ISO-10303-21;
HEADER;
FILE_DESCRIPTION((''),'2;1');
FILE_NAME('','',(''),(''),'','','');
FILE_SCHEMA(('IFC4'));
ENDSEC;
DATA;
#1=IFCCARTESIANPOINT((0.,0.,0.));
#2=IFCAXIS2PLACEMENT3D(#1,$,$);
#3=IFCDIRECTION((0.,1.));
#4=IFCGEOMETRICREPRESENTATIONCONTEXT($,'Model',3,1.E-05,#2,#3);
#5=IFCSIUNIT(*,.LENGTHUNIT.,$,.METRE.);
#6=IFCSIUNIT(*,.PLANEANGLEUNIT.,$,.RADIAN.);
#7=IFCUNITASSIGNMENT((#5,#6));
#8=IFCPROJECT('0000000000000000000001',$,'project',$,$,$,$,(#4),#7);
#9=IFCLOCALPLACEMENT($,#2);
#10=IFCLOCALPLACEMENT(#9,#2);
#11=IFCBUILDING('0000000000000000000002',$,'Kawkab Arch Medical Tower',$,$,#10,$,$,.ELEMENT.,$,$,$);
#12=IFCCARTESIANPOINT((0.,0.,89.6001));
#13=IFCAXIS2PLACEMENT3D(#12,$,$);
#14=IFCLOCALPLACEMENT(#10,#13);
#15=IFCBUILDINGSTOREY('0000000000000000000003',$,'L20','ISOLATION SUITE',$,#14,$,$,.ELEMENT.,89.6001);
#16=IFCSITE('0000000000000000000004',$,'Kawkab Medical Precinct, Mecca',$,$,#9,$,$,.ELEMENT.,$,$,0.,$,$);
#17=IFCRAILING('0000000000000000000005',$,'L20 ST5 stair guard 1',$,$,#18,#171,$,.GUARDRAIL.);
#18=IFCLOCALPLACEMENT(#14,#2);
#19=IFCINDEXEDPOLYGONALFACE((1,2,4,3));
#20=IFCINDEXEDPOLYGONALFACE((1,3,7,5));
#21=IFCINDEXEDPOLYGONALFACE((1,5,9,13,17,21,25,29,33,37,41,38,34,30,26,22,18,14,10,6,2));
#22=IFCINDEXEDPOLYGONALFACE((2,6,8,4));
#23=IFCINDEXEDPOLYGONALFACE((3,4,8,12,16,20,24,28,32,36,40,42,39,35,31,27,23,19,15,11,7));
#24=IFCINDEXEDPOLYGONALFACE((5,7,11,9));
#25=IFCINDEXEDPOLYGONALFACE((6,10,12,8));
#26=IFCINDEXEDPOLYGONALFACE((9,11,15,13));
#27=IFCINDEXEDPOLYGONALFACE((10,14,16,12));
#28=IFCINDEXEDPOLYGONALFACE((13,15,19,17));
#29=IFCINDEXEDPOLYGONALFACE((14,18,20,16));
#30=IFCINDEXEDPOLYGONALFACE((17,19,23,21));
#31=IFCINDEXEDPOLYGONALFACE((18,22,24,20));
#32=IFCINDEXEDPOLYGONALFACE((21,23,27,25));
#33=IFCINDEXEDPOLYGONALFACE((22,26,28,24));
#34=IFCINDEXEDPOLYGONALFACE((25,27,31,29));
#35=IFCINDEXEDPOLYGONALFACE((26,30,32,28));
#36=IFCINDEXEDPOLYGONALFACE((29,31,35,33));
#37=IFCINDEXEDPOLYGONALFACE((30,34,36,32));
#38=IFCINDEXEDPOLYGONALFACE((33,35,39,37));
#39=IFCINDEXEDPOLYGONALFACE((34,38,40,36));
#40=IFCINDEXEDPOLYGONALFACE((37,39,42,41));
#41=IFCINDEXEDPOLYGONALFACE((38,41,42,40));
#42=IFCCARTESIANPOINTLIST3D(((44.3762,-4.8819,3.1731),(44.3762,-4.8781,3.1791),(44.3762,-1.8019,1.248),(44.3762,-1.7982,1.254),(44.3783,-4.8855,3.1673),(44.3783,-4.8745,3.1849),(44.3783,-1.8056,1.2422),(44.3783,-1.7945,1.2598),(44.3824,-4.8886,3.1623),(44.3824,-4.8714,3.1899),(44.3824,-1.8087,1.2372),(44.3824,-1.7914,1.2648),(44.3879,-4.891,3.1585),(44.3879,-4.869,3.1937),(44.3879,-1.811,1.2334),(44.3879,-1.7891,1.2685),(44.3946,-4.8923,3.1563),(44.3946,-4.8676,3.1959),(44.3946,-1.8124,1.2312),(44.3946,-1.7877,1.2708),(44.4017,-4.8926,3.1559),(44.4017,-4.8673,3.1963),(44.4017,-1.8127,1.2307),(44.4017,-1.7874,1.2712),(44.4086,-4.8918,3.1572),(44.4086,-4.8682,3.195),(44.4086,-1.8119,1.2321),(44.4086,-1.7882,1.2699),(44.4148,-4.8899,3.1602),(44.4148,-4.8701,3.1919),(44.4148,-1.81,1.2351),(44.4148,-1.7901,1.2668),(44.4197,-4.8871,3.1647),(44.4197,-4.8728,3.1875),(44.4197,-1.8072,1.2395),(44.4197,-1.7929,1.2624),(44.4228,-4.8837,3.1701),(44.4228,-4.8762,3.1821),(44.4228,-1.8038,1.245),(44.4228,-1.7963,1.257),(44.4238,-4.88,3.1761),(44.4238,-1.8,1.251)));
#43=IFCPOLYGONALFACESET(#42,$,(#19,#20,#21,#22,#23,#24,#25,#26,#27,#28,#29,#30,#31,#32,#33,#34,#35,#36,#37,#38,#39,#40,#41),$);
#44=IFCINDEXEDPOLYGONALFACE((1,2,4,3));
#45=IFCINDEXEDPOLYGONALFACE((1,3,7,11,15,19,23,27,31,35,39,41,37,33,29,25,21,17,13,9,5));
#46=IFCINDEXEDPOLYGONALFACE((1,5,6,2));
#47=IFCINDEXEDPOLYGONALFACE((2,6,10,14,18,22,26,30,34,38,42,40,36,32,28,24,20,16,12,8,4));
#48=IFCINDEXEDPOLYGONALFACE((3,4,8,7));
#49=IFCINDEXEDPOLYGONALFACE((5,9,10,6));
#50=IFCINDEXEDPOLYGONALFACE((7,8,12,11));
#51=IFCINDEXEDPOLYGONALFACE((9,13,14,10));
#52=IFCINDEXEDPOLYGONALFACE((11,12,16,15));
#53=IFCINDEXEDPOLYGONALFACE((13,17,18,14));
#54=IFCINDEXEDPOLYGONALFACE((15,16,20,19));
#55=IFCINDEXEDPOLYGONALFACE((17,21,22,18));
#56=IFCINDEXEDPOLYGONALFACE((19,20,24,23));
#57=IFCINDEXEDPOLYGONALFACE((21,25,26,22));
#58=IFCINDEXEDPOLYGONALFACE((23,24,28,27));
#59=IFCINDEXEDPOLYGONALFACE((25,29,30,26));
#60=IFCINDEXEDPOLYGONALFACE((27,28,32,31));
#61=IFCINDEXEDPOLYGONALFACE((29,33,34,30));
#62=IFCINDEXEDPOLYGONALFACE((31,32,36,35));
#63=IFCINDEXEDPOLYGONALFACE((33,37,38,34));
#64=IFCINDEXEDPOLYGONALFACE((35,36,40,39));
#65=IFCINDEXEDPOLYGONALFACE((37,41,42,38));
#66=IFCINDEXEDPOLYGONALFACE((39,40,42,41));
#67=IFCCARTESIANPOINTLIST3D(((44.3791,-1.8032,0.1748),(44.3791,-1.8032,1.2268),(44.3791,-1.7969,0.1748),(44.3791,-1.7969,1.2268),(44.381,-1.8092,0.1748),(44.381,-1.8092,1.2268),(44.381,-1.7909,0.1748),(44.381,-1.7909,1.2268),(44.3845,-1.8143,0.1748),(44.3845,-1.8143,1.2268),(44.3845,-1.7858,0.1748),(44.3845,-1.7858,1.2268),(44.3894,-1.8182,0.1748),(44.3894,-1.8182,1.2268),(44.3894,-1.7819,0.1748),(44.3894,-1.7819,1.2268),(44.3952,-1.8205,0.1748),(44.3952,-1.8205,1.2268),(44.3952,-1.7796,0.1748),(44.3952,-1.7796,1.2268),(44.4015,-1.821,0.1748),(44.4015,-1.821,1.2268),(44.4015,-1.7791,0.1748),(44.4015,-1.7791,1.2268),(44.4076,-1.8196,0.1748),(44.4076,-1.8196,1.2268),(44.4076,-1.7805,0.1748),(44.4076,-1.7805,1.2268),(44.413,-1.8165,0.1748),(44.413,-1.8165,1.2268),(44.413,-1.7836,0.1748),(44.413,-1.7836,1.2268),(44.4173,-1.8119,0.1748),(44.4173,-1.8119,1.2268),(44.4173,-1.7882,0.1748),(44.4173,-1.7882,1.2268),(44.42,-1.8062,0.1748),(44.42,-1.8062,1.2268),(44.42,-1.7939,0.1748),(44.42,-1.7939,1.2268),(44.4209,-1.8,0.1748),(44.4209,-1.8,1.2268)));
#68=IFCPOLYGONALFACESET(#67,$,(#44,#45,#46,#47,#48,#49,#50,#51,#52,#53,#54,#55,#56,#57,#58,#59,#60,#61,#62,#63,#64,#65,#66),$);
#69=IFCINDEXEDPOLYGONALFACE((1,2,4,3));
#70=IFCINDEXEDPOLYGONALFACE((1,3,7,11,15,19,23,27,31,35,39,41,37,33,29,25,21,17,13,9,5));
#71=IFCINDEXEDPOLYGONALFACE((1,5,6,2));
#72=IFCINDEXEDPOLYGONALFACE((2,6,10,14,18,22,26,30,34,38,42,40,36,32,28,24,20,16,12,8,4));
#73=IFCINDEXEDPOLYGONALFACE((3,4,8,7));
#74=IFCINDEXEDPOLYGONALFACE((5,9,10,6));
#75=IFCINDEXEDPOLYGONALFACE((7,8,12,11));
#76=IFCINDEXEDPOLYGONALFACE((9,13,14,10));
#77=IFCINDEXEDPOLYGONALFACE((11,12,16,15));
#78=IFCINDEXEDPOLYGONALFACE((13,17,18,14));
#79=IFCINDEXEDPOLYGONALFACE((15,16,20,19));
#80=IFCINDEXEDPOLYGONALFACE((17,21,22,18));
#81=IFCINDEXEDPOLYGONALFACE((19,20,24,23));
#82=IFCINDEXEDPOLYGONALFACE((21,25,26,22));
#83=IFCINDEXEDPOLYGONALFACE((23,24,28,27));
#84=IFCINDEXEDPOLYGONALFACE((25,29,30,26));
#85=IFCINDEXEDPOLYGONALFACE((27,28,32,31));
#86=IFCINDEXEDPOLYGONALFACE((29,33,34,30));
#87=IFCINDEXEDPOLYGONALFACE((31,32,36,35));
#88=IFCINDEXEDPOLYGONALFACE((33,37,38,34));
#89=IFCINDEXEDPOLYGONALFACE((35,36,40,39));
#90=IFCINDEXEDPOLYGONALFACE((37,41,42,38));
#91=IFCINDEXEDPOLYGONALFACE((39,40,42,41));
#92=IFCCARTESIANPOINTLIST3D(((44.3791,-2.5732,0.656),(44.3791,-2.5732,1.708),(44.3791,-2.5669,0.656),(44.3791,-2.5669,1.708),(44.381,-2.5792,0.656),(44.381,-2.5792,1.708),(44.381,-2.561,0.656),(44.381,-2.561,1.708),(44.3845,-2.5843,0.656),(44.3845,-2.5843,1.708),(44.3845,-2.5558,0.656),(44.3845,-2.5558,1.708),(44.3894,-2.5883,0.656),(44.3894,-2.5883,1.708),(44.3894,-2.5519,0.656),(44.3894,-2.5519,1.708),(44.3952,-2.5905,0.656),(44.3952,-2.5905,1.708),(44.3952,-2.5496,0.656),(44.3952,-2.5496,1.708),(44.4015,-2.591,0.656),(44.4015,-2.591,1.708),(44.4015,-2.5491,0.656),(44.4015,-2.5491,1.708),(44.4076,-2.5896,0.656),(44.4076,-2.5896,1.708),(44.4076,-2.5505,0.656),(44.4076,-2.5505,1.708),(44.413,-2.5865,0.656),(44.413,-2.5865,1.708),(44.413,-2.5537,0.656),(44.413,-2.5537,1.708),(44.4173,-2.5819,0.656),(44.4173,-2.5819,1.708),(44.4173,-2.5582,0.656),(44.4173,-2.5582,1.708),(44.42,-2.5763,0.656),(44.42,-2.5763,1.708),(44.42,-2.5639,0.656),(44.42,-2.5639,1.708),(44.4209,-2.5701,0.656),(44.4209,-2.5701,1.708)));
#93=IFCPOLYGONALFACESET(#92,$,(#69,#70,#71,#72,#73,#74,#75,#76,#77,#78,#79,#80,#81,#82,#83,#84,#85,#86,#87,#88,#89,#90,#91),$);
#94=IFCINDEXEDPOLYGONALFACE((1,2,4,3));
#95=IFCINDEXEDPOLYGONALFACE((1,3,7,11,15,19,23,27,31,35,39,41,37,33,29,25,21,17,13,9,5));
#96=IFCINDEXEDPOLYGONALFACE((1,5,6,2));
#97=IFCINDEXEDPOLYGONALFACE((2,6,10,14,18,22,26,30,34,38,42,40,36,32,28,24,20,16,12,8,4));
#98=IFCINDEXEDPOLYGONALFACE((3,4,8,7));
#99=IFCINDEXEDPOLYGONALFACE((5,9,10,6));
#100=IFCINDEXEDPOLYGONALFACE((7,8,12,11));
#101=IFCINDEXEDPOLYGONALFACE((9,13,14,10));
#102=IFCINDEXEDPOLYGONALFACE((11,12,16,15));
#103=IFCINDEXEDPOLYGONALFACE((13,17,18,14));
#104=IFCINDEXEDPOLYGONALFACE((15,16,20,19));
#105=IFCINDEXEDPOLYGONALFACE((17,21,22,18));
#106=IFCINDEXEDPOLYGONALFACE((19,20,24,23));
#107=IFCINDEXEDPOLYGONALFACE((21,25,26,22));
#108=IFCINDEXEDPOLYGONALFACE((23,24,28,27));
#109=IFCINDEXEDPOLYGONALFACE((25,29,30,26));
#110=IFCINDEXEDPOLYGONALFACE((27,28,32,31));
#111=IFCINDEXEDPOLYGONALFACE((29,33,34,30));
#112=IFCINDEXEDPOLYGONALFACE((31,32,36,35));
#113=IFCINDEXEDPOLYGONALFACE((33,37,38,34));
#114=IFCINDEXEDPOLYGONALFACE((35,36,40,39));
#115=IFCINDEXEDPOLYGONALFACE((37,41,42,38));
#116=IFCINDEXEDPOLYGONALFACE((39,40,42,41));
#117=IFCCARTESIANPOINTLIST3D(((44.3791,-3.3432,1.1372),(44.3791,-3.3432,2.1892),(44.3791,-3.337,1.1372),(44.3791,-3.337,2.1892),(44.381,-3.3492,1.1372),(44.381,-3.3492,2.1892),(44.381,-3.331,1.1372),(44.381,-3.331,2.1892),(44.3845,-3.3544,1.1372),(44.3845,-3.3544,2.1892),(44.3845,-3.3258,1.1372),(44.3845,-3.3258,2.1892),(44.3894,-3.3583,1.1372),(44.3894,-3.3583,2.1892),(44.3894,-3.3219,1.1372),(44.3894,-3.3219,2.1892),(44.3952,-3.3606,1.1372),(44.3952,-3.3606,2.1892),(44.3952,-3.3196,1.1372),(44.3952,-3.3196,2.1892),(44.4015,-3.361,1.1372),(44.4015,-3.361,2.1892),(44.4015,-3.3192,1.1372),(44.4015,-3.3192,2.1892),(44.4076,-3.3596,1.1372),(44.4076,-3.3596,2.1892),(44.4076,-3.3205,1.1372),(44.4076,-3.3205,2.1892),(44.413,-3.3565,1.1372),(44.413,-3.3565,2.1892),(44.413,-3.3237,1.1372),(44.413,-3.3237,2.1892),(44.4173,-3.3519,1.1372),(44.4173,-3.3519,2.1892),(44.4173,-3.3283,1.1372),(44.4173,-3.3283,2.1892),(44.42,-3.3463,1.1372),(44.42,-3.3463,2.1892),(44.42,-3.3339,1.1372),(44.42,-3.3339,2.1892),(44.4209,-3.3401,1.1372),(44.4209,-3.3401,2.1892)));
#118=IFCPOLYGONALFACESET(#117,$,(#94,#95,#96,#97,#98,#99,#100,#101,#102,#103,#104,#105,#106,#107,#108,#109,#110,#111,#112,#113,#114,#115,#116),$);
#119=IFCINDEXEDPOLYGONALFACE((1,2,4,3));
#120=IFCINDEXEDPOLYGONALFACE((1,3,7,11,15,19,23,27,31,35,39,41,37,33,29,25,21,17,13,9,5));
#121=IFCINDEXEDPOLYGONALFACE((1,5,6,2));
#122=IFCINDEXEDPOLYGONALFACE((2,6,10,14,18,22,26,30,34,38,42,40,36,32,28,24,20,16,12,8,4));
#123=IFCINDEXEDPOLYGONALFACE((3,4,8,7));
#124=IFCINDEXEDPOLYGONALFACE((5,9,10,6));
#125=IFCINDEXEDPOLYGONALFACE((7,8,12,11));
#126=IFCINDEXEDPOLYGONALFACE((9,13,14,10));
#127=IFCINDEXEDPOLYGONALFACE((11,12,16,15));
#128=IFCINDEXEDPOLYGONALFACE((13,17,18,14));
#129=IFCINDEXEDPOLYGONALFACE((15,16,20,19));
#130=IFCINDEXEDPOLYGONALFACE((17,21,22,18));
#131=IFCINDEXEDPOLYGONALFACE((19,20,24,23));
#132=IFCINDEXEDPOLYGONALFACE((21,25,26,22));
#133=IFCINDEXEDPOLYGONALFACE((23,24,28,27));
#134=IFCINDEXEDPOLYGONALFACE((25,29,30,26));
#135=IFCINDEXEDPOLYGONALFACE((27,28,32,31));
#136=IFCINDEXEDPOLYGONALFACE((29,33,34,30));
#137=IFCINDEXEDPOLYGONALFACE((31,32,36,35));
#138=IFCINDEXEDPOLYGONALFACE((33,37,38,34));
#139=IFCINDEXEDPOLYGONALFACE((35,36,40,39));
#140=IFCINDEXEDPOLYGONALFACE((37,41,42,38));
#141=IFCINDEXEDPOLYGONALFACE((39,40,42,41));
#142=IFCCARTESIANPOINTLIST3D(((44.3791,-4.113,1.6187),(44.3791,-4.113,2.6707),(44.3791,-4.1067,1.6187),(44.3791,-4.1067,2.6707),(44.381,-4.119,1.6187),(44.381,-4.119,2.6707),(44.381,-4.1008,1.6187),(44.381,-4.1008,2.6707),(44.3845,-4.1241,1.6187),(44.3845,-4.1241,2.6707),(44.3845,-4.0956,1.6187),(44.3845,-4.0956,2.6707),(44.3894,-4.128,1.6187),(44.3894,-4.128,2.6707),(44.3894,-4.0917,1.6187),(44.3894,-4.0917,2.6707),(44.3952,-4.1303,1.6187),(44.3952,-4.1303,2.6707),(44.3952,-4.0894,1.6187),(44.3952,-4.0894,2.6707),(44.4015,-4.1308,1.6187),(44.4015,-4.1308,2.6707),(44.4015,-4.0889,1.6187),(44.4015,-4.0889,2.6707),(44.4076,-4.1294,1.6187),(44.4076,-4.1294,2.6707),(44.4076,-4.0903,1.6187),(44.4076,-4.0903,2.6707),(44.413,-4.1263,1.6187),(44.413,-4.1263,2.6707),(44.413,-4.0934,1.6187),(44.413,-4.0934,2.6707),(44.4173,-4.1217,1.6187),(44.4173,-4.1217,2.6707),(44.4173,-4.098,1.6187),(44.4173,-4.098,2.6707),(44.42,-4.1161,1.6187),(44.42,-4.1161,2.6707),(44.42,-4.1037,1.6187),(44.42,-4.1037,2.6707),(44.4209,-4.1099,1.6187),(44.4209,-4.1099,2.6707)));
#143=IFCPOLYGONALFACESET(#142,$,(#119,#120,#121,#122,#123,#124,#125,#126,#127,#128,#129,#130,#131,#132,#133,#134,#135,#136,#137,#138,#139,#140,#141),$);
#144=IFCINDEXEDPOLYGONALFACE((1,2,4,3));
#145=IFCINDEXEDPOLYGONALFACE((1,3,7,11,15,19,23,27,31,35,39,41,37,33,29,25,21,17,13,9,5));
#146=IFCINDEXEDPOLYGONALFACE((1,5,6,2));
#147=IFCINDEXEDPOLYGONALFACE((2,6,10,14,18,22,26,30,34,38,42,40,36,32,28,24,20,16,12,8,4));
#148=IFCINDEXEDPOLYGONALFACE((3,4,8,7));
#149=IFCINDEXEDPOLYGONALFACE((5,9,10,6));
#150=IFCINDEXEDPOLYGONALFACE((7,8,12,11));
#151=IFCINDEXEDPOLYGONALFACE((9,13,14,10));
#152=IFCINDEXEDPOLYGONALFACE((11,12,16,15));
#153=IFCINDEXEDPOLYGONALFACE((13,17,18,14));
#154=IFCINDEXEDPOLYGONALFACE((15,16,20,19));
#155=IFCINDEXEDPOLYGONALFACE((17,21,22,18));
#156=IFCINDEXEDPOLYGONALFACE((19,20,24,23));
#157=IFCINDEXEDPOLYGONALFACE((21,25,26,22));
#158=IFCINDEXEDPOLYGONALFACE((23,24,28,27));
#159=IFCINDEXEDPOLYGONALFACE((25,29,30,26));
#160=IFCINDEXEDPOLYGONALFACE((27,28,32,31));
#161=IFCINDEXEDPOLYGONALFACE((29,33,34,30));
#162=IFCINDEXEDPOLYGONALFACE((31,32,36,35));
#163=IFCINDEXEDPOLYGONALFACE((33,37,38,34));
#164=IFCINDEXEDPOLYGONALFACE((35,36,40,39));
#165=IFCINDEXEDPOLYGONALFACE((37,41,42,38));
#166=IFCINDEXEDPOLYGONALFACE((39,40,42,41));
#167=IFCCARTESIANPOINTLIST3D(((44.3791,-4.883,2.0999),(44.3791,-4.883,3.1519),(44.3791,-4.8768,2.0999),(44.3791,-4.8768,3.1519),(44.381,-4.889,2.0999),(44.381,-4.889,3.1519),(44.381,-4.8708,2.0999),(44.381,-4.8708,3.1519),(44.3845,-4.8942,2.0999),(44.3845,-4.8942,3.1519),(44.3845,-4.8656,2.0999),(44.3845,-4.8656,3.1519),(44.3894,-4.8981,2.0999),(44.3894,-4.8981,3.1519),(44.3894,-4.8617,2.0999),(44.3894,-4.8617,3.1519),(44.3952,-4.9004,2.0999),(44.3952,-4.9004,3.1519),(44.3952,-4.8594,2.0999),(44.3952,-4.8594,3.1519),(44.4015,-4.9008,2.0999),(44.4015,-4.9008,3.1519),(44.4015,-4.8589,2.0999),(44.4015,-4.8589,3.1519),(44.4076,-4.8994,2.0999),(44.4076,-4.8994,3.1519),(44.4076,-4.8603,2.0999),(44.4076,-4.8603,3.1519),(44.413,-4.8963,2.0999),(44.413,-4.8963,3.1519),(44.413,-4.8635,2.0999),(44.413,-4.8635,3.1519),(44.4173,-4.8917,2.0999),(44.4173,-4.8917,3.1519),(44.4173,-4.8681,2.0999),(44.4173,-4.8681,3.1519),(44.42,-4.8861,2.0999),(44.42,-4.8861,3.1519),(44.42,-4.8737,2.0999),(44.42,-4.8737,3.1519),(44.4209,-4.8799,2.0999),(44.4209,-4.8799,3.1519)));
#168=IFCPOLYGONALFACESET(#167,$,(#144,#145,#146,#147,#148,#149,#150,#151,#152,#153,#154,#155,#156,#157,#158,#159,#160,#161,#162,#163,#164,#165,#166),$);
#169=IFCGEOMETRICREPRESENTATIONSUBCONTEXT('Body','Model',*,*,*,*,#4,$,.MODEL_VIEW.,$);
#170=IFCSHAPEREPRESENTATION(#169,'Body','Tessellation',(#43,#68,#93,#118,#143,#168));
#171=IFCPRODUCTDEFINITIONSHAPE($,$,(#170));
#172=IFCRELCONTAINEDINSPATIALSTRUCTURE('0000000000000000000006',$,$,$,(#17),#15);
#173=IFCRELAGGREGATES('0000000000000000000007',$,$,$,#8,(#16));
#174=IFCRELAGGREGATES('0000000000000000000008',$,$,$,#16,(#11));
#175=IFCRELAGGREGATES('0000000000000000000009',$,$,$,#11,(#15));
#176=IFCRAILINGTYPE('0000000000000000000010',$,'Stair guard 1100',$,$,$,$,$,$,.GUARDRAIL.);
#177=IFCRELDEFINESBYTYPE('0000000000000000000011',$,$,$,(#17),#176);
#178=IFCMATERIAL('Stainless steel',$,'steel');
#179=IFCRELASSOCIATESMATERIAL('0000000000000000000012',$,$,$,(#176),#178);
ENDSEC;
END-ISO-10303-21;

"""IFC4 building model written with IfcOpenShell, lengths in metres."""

from ifc_helpers import new_model, si_unit, direction, frame, origin, origin_2d, place, context, subcontext, project, spatial, circle, extrude, material, type_object, element, save


model = new_model("IFC4")

# Units and contexts
model_context = context("Model", 3, precision=1e-05, world=origin(), true_north=direction((0.0, 1.0)))
body_context = subcontext(model_context, "Body", "Model", "MODEL_VIEW")
ifc_project = project(units=[si_unit("LENGTHUNIT", "METRE"), si_unit("PLANEANGLEUNIT", "RADIAN")], contexts=[model_context])

# Site, building, storey
site_placement = place(None, origin())
site = spatial("IfcSite", under=ifc_project, at=site_placement, Name="Kawkab Medical Precinct, Mecca", CompositionType="ELEMENT", RefElevation=0.0)
building_placement = place(site_placement, origin())
building = spatial("IfcBuilding", under=site, at=building_placement, Name="Kawkab Arch Medical Tower", CompositionType="ELEMENT")
storey_placement = place(building_placement, frame((0.0, 0.0, 89.6001)))
storey = spatial("IfcBuildingStorey", under=building, at=storey_placement, Name="L20", Description="ISOLATION SUITE", CompositionType="ELEMENT", Elevation=89.6001)

# Railing
ifc_material_1 = material(Name="Stainless steel", Category="steel")
railing_type_1 = type_object("IfcRailingType", Name="Stair guard 1100", PredefinedType="GUARDRAIL", material=ifc_material_1)
railing_1_placement = place(storey_placement, frame((44.3999, -1.8, 0.1748)))
element("IfcRailing", 1, at=railing_1_placement, inside=storey, type_object=railing_type_1, Name="L20 ST5 stair guard 1", PredefinedType="GUARDRAIL", context=body_context, shape_type="SweptSolid", body=[
    extrude(circle(Radius=0.0239, at=origin_2d()), frame((0.0, 0.0, 1.0762), z_axis=(0.0, -0.847979, 0.530029), x_axis=(1.0, 0.0, 0.0)), (0.0, 0.0, 1.0), 3.6321),
    extrude(circle(Radius=0.021, at=origin_2d()), origin(), (0.0, 0.0, 1.0), 1.052),
    extrude(circle(Radius=0.021, at=origin_2d()), frame((0.0, -0.77, 0.4812)), (0.0, 0.0, 1.0), 1.052),
    extrude(circle(Radius=0.021, at=origin_2d()), frame((0.0, -1.54, 0.9624)), (0.0, 0.0, 1.0), 1.052),
    extrude(circle(Radius=0.021, at=origin_2d()), frame((0.0, -2.3098, 1.4438)), (0.0, 0.0, 1.0), 1.052),
    extrude(circle(Radius=0.021, at=origin_2d()), frame((0.0, -3.0798, 1.925)), (0.0, 0.0, 1.0), 1.052),
])

save(model, "model.ifc")
